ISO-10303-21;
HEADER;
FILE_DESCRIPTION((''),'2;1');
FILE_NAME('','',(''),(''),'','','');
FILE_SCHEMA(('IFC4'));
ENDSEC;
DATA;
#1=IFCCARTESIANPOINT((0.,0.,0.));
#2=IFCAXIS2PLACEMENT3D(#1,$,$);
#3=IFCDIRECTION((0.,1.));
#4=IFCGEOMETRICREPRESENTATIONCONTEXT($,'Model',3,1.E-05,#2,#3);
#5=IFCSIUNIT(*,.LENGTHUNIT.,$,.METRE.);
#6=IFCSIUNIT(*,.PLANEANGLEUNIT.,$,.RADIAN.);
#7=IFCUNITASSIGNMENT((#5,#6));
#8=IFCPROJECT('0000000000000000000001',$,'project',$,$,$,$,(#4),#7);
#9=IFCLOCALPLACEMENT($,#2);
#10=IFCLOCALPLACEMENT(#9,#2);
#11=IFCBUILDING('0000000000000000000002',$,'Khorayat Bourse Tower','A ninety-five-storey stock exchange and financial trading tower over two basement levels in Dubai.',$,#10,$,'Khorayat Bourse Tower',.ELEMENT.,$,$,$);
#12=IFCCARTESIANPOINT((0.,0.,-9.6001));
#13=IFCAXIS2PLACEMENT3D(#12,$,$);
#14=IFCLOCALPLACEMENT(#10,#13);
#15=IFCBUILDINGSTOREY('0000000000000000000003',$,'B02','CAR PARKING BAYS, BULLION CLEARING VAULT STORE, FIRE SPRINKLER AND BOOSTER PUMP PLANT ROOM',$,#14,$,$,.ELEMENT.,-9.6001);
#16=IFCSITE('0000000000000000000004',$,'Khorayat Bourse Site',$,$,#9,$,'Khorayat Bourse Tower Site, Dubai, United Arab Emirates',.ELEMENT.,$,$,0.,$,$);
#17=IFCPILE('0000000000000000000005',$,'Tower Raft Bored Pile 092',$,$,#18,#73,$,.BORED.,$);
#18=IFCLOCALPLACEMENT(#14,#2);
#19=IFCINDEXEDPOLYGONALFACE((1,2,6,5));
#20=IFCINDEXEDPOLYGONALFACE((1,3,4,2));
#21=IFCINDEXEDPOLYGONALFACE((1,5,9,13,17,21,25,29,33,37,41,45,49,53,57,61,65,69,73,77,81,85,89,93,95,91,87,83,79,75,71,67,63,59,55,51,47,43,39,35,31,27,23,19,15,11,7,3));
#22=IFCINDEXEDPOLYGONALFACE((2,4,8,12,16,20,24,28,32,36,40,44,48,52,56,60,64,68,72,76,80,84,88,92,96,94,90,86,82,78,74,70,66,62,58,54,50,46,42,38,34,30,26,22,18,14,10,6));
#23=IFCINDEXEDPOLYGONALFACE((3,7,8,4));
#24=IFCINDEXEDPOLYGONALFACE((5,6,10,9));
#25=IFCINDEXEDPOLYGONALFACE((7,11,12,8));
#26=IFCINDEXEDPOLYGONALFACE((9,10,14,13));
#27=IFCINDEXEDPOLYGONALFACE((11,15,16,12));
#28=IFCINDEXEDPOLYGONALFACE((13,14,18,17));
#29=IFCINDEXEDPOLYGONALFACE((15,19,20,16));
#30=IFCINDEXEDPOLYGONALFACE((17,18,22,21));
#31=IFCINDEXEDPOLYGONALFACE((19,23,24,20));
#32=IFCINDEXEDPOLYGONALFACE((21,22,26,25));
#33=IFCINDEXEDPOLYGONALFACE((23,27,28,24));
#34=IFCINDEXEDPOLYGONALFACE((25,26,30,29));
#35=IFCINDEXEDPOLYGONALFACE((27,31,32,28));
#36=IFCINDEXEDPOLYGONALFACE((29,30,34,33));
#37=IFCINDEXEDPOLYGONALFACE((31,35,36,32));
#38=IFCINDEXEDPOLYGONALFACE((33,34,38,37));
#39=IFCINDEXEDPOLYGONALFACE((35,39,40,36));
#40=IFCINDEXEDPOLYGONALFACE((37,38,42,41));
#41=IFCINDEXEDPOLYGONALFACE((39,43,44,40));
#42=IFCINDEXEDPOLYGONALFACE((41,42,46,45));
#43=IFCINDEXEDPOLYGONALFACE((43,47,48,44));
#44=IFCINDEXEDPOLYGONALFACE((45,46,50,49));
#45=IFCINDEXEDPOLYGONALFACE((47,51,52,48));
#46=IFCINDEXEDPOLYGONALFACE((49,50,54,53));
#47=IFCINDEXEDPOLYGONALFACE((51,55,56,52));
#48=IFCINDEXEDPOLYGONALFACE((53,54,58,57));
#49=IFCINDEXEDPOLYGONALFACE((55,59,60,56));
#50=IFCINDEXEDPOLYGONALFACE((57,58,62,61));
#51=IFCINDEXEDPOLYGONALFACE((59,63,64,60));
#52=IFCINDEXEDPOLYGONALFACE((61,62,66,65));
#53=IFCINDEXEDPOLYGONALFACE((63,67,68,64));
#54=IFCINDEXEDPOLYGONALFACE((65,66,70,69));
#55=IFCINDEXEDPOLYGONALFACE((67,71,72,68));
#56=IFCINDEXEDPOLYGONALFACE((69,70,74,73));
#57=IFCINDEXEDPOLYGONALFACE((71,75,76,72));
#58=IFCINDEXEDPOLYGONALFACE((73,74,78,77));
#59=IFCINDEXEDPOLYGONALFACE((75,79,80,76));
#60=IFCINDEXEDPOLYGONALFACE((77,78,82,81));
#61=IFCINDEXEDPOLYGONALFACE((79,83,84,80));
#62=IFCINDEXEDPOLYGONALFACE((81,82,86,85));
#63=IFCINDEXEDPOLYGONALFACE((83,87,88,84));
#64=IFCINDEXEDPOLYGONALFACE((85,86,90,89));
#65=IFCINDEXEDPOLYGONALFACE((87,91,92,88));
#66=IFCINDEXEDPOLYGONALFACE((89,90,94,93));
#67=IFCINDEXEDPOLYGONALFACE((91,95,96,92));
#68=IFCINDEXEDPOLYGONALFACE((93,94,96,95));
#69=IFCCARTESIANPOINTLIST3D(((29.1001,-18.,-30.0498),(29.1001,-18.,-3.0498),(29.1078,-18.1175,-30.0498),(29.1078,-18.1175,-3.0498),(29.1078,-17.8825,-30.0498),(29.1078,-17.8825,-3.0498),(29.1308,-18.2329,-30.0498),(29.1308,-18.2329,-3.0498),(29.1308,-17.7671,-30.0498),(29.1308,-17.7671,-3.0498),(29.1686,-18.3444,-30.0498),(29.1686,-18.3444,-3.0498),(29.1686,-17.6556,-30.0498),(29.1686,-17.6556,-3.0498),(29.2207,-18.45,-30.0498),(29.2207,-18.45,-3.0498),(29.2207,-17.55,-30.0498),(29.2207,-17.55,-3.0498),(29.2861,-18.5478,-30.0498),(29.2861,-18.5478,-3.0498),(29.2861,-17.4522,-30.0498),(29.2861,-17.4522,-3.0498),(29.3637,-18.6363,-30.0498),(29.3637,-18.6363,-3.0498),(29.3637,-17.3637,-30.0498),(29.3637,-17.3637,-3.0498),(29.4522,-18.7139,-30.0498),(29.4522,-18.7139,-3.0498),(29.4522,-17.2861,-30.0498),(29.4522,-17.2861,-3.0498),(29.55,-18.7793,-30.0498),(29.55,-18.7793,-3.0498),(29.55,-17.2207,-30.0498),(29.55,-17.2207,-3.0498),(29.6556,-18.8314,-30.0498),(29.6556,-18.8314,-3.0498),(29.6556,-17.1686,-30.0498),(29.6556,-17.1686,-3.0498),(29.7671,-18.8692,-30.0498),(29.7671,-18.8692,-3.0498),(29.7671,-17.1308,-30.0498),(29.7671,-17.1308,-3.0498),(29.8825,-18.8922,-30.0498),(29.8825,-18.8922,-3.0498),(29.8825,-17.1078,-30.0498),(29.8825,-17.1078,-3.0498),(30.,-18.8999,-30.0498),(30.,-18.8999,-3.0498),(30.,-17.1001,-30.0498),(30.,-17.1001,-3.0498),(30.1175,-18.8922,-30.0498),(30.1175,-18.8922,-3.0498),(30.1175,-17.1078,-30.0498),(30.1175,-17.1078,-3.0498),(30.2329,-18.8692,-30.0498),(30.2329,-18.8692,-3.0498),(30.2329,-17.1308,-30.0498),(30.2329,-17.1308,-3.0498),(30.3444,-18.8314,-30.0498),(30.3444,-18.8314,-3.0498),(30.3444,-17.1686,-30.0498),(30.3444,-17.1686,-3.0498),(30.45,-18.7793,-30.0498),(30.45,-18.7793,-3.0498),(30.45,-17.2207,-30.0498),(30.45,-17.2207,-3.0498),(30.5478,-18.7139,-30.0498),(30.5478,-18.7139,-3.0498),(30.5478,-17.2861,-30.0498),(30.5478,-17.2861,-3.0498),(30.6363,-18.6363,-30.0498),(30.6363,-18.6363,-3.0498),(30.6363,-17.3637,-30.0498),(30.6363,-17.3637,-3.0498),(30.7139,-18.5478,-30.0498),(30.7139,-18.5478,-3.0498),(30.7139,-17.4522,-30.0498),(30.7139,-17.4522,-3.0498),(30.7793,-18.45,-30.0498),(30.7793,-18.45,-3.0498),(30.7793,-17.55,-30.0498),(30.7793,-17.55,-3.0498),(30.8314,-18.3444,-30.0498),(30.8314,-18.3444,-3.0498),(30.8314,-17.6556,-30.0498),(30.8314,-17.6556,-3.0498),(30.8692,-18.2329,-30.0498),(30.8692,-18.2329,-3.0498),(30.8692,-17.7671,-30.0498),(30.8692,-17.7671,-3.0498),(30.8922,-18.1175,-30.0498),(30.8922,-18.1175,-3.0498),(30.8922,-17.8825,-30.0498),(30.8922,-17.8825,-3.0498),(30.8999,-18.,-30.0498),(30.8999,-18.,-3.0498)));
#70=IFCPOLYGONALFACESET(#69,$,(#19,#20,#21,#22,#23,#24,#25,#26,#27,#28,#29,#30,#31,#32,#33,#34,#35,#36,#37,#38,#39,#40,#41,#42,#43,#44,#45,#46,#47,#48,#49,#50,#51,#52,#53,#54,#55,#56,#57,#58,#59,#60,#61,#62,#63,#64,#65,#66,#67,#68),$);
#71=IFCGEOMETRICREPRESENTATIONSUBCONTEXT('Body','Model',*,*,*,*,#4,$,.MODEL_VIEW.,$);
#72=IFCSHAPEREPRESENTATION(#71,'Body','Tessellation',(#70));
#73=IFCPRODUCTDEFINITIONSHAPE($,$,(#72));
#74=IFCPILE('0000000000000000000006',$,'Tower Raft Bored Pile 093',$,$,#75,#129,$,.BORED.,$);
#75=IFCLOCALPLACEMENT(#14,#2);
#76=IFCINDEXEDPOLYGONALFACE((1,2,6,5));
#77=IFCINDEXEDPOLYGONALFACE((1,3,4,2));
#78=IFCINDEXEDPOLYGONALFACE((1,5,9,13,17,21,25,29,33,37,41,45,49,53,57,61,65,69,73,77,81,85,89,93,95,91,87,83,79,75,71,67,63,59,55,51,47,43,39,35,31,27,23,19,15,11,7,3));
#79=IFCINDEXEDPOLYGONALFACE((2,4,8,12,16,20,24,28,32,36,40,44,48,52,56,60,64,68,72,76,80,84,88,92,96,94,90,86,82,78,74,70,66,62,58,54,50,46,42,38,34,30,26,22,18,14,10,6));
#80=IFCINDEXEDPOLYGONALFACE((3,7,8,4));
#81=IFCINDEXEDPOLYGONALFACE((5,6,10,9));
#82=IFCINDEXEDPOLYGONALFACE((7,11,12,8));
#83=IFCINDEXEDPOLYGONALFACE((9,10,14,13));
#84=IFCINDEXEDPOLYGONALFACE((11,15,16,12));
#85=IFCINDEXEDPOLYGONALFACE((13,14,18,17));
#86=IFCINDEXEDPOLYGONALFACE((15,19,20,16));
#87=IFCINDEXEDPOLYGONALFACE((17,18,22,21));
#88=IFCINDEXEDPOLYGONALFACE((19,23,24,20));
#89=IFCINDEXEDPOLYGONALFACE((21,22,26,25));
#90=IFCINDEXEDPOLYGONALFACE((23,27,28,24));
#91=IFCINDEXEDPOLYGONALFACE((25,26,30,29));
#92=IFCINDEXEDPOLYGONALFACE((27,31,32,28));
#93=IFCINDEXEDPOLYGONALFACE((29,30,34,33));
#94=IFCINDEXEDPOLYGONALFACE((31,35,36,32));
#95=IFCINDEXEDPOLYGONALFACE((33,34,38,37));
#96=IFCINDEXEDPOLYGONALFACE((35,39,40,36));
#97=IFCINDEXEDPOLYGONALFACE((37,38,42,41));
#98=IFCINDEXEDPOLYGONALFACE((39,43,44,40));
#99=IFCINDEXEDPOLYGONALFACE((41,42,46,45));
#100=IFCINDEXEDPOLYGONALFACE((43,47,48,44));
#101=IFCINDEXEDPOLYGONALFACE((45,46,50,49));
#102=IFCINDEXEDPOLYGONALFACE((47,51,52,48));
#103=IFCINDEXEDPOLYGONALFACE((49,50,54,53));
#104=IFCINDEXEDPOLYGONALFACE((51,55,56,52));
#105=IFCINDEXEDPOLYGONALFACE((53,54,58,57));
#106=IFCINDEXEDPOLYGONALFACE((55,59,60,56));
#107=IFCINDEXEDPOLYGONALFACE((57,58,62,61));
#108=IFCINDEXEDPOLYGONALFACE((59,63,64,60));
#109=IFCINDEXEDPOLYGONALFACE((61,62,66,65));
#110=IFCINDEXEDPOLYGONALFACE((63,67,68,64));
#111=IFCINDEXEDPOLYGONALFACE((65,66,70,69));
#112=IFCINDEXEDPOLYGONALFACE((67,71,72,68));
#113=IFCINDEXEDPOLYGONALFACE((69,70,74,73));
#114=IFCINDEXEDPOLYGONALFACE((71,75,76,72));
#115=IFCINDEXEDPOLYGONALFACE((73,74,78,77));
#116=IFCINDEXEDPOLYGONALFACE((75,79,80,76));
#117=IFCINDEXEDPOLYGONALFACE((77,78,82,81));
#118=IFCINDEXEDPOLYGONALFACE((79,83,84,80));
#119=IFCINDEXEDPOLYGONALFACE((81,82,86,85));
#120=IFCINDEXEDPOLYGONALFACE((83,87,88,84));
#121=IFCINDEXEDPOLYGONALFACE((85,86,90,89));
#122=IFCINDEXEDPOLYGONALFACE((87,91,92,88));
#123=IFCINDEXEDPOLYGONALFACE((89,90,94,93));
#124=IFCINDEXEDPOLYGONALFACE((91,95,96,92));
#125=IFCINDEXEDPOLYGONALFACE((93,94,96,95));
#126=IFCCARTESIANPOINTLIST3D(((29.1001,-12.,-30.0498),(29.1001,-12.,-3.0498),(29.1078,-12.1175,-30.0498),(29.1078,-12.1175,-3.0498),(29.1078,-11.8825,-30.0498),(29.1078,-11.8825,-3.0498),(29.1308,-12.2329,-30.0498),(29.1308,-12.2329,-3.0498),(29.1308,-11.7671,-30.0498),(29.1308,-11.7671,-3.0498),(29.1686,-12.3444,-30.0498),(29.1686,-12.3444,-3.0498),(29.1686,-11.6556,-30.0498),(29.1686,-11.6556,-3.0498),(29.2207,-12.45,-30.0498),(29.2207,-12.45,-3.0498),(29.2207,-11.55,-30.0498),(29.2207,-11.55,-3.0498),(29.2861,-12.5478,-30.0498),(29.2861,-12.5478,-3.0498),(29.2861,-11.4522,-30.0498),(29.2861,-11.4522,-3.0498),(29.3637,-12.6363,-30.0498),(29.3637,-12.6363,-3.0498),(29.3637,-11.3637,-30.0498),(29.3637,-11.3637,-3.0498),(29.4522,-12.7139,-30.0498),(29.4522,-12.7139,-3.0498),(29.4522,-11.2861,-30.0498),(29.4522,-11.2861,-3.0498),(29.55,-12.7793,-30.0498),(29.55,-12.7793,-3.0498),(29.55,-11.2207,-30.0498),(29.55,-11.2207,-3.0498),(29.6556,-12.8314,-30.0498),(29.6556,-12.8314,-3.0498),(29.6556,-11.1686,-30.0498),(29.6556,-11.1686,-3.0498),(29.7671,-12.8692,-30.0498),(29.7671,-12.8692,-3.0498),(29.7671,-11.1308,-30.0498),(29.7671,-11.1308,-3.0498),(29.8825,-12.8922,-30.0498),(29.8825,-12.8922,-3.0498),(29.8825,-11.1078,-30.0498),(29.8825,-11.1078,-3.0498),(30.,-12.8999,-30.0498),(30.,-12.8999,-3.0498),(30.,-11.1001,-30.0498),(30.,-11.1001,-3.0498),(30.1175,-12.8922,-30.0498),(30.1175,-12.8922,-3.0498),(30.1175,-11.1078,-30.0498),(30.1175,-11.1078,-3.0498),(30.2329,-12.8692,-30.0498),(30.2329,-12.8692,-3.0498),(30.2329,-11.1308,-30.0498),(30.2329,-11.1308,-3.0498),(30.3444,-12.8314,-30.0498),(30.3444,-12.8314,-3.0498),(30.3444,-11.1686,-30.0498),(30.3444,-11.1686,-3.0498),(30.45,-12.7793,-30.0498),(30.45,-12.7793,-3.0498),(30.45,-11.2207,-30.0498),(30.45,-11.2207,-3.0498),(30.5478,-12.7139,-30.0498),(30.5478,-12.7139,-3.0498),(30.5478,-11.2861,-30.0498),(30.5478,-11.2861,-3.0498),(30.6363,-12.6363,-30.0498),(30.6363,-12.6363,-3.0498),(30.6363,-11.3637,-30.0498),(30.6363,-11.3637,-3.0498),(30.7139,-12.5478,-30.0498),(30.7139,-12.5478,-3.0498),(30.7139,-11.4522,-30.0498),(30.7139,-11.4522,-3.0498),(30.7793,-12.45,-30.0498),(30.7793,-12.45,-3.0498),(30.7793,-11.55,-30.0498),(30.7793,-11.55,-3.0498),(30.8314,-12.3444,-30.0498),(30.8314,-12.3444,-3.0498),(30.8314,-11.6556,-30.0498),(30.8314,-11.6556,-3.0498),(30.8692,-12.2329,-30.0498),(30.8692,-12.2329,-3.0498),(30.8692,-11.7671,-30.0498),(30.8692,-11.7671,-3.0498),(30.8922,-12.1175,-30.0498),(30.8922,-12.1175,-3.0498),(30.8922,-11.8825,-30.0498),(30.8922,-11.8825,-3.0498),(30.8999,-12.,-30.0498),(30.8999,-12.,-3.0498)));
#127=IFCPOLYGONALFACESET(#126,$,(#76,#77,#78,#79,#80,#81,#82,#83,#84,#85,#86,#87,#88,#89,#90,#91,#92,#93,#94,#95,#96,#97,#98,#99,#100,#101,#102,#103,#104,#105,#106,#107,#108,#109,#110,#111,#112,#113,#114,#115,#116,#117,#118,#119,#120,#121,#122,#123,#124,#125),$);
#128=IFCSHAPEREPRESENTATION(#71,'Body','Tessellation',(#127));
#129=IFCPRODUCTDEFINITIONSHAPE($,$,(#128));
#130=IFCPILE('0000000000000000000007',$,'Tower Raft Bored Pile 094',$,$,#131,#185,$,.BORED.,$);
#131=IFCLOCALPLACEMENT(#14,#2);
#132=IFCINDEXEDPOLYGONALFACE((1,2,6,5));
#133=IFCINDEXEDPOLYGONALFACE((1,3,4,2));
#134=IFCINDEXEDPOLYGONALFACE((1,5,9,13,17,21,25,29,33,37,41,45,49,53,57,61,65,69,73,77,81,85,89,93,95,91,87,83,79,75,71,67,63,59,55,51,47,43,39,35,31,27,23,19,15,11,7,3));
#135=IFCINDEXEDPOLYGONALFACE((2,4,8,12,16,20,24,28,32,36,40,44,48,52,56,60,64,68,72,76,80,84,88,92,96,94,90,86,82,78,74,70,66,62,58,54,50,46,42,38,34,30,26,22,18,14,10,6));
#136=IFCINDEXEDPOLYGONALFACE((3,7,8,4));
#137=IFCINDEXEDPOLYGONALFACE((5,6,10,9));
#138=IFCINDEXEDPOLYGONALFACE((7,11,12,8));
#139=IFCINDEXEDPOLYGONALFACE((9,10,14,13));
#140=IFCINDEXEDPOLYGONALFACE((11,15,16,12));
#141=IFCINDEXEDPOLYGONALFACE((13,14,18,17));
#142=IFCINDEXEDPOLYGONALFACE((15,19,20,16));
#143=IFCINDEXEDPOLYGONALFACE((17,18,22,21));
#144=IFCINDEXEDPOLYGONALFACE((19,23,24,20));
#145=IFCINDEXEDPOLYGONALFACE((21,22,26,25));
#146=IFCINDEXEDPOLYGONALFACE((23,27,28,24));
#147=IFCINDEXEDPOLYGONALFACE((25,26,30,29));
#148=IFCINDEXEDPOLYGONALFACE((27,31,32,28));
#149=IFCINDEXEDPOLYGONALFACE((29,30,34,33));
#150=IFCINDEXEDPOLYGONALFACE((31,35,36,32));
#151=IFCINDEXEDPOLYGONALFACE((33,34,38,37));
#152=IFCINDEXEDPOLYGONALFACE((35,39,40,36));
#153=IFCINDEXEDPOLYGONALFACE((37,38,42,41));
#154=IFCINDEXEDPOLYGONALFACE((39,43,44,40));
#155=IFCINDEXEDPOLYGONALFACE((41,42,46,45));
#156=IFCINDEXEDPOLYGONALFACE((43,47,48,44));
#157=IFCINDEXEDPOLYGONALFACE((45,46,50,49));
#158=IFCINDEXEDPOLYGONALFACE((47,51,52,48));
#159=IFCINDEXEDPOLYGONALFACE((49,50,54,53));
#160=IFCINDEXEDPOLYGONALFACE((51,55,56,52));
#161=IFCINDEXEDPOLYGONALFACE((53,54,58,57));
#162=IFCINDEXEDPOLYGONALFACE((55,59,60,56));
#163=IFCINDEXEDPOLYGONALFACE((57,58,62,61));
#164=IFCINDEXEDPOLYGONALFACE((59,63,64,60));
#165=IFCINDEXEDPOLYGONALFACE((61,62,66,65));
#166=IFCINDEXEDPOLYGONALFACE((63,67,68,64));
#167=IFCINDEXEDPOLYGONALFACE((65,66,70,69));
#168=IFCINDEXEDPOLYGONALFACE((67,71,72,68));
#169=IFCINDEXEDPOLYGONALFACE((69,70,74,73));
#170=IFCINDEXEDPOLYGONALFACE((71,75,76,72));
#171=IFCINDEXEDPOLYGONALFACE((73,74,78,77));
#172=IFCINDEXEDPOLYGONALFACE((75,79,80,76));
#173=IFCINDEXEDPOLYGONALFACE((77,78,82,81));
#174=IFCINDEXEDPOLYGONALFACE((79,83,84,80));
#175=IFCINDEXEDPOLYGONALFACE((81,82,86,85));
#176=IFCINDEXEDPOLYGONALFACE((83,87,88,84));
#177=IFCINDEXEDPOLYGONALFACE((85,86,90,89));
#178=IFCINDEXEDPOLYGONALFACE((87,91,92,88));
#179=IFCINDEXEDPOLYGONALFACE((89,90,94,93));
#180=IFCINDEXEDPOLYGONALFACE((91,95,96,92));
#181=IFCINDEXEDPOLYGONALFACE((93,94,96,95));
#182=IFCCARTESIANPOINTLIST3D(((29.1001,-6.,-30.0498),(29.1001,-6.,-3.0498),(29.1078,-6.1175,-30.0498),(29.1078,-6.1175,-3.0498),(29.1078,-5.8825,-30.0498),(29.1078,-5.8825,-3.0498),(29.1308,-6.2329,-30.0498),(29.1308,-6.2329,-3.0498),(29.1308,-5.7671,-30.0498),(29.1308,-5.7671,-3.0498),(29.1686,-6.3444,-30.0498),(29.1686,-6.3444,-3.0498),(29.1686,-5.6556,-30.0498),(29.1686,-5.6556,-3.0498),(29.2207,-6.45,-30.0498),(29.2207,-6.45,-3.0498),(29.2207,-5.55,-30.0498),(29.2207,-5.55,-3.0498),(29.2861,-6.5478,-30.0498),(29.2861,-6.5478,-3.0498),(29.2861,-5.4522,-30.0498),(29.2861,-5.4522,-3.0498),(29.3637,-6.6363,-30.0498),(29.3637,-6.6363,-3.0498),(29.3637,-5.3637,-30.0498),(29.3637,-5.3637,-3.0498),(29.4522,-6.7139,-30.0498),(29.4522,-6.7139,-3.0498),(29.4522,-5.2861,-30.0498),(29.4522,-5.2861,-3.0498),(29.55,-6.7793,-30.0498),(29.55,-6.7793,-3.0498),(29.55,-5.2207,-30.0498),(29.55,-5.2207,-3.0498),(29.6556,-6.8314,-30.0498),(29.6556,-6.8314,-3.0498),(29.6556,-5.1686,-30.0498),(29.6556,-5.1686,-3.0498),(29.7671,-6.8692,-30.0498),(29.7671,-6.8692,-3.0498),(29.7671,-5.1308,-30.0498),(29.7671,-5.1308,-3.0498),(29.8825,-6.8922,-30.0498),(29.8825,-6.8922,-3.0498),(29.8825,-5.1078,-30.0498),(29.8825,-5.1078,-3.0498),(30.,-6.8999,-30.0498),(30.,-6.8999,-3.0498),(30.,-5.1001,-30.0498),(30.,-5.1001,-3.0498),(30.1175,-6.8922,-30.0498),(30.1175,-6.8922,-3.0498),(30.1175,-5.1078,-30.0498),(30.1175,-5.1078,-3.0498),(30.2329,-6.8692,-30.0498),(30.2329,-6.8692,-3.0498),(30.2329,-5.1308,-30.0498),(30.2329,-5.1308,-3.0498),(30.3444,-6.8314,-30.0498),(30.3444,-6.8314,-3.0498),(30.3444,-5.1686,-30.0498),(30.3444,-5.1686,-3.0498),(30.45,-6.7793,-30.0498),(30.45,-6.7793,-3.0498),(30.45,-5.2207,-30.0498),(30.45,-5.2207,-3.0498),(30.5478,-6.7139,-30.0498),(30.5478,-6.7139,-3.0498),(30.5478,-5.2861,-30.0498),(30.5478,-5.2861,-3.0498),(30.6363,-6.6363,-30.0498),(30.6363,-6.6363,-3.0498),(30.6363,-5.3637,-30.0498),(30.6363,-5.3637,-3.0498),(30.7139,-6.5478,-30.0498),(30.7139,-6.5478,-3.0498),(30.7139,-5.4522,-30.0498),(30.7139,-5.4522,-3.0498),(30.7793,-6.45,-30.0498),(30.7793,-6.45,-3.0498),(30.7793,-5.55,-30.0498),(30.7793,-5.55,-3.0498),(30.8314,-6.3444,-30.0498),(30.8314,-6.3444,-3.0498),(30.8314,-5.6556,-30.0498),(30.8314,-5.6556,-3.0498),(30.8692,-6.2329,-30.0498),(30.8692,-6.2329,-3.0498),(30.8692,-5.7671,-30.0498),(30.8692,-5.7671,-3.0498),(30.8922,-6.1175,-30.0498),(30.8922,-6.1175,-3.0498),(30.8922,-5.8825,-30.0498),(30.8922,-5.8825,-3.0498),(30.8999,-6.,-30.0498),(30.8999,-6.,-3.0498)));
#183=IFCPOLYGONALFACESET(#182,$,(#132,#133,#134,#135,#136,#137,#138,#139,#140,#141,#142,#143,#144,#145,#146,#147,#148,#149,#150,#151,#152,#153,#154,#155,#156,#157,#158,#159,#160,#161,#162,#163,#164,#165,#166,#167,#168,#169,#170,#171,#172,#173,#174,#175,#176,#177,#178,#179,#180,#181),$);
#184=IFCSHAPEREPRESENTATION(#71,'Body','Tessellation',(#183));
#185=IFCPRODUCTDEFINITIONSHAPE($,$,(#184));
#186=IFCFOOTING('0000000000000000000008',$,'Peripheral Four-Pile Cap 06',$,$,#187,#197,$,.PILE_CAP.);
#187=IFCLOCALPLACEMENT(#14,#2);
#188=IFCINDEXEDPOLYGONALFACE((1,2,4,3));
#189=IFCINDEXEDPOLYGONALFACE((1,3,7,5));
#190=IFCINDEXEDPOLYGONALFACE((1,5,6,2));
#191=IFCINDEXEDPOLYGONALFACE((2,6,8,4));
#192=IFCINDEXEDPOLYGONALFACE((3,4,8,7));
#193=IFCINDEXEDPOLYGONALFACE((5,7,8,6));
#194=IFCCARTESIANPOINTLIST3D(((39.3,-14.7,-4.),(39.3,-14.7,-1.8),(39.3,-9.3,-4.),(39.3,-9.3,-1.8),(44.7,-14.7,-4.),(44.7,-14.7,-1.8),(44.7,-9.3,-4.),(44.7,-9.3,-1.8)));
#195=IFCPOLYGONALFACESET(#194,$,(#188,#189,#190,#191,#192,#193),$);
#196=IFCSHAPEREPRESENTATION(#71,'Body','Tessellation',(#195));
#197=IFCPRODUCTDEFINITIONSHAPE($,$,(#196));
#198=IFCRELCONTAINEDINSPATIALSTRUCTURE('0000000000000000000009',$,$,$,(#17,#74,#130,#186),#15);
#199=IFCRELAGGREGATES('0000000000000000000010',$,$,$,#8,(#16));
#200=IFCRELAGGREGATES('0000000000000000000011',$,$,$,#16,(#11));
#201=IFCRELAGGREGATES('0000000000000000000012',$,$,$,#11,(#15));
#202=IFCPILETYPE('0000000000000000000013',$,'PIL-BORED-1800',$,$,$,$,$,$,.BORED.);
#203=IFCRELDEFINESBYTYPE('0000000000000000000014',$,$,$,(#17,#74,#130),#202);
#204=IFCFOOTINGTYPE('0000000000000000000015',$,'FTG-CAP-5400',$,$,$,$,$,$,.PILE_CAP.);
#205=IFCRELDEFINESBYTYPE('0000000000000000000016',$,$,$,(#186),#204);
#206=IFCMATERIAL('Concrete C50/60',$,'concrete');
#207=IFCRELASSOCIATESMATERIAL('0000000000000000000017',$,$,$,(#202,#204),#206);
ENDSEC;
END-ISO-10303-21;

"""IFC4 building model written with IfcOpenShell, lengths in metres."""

from ifc_helpers import new_model, si_unit, direction, frame, origin, origin_2d, place, context, subcontext, project, spatial, rectangle, circle, extrude, source, transform, mapped, material, material_profile, profile_set, type_object, element, save


model = new_model("IFC4")

# Units and contexts
model_context = context("Model", 3, precision=1e-05, world=origin(), true_north=direction((0.0, 1.0)))
body_context = subcontext(model_context, "Body", "Model", "MODEL_VIEW")
ifc_project = project(units=[si_unit("LENGTHUNIT", "METRE"), si_unit("PLANEANGLEUNIT", "RADIAN")], contexts=[model_context])

# Site, building, storey
site_placement = place(None, origin())
site = spatial("IfcSite", under=ifc_project, at=site_placement, Name="Khorayat Bourse Site", LongName="Khorayat Bourse Tower Site, Dubai, United Arab Emirates", CompositionType="ELEMENT", RefElevation=0.0)
building_placement = place(site_placement, origin())
building = spatial("IfcBuilding", under=site, at=building_placement, Name="Khorayat Bourse Tower", Description="A ninety-five-storey stock exchange and financial trading tower over two basement levels in Dubai.", LongName="Khorayat Bourse Tower", CompositionType="ELEMENT")
storey_placement = place(building_placement, frame((0.0, 0.0, -9.6001)))
storey = spatial("IfcBuildingStorey", under=building, at=storey_placement, Name="B02", Description="CAR PARKING BAYS, BULLION CLEARING VAULT STORE, FIRE SPRINKLER AND BOOSTER PUMP PLANT ROOM", CompositionType="ELEMENT", Elevation=-9.6001)

# Piles
ifc_material_1 = material(Name="Concrete C50/60", Category="concrete")
ifc_material_profile_1 = material_profile(ifc_material_1, circle(Radius=0.8999, at=origin_2d()), Name="BORED PILE D1800")
ifc_profile_set_1 = profile_set([ifc_material_profile_1], Name="Concrete C50/60")
pile_type_1 = type_object("IfcPileType", Name="PIL-BORED-1800", PredefinedType="BORED", material=ifc_profile_set_1)
shared_shape_1 = source(origin(), body_context, "Body", "SweptSolid", [
    extrude(circle(Radius=0.8999, at=origin_2d()), origin(), (0.0, 0.0, 1.0), 27.0),
])
for number, where, z_axis, x_axis, name in (
    (1, (30.0, -18.0, -3.0498), (0.0, 0.0, -1.0), (1.0, 0.0, 0.0), "Tower Raft Bored Pile 092"),
    (2, (30.0, -12.0, -3.0498), (0.0, 0.0, -1.0), (1.0, 0.0, 0.0), "Tower Raft Bored Pile 093"),
    (3, (30.0, -6.0, -3.0498), (0.0, 0.0, -1.0), (1.0, 0.0, 0.0), "Tower Raft Bored Pile 094"),
):
    element("IfcPile", number, at=place(storey_placement, frame(where, z_axis=z_axis, x_axis=x_axis)), inside=storey, type_object=pile_type_1, Name=name, PredefinedType="BORED", context=body_context, shape_type="MappedRepresentation", body=[
        mapped(shared_shape_1, transform((0.0, 0.0, 0.0), scale=1.0)),
    ])

# Footing
footing_type_1 = type_object("IfcFootingType", Name="FTG-CAP-5400", PredefinedType="PILE_CAP", material=ifc_material_1)
shared_shape_2 = source(origin(), body_context, "Body", "SweptSolid", [
    extrude(rectangle(XDim=5.3999, YDim=5.3999, at=origin_2d()), origin(), (0.0, 0.0, 1.0), 2.2),
])
footing_1_placement = place(storey_placement, frame((42.0, -12.0, -4.0), z_axis=(0.0, 0.0, 1.0), x_axis=(1.0, 0.0, 0.0)))
element("IfcFooting", 4, at=footing_1_placement, inside=storey, type_object=footing_type_1, Name="Peripheral Four-Pile Cap 06", PredefinedType="PILE_CAP", context=body_context, shape_type="MappedRepresentation", body=[
    mapped(shared_shape_2, transform((0.0, 0.0, 0.0), scale=1.0)),
])

save(model, "model.ifc")
